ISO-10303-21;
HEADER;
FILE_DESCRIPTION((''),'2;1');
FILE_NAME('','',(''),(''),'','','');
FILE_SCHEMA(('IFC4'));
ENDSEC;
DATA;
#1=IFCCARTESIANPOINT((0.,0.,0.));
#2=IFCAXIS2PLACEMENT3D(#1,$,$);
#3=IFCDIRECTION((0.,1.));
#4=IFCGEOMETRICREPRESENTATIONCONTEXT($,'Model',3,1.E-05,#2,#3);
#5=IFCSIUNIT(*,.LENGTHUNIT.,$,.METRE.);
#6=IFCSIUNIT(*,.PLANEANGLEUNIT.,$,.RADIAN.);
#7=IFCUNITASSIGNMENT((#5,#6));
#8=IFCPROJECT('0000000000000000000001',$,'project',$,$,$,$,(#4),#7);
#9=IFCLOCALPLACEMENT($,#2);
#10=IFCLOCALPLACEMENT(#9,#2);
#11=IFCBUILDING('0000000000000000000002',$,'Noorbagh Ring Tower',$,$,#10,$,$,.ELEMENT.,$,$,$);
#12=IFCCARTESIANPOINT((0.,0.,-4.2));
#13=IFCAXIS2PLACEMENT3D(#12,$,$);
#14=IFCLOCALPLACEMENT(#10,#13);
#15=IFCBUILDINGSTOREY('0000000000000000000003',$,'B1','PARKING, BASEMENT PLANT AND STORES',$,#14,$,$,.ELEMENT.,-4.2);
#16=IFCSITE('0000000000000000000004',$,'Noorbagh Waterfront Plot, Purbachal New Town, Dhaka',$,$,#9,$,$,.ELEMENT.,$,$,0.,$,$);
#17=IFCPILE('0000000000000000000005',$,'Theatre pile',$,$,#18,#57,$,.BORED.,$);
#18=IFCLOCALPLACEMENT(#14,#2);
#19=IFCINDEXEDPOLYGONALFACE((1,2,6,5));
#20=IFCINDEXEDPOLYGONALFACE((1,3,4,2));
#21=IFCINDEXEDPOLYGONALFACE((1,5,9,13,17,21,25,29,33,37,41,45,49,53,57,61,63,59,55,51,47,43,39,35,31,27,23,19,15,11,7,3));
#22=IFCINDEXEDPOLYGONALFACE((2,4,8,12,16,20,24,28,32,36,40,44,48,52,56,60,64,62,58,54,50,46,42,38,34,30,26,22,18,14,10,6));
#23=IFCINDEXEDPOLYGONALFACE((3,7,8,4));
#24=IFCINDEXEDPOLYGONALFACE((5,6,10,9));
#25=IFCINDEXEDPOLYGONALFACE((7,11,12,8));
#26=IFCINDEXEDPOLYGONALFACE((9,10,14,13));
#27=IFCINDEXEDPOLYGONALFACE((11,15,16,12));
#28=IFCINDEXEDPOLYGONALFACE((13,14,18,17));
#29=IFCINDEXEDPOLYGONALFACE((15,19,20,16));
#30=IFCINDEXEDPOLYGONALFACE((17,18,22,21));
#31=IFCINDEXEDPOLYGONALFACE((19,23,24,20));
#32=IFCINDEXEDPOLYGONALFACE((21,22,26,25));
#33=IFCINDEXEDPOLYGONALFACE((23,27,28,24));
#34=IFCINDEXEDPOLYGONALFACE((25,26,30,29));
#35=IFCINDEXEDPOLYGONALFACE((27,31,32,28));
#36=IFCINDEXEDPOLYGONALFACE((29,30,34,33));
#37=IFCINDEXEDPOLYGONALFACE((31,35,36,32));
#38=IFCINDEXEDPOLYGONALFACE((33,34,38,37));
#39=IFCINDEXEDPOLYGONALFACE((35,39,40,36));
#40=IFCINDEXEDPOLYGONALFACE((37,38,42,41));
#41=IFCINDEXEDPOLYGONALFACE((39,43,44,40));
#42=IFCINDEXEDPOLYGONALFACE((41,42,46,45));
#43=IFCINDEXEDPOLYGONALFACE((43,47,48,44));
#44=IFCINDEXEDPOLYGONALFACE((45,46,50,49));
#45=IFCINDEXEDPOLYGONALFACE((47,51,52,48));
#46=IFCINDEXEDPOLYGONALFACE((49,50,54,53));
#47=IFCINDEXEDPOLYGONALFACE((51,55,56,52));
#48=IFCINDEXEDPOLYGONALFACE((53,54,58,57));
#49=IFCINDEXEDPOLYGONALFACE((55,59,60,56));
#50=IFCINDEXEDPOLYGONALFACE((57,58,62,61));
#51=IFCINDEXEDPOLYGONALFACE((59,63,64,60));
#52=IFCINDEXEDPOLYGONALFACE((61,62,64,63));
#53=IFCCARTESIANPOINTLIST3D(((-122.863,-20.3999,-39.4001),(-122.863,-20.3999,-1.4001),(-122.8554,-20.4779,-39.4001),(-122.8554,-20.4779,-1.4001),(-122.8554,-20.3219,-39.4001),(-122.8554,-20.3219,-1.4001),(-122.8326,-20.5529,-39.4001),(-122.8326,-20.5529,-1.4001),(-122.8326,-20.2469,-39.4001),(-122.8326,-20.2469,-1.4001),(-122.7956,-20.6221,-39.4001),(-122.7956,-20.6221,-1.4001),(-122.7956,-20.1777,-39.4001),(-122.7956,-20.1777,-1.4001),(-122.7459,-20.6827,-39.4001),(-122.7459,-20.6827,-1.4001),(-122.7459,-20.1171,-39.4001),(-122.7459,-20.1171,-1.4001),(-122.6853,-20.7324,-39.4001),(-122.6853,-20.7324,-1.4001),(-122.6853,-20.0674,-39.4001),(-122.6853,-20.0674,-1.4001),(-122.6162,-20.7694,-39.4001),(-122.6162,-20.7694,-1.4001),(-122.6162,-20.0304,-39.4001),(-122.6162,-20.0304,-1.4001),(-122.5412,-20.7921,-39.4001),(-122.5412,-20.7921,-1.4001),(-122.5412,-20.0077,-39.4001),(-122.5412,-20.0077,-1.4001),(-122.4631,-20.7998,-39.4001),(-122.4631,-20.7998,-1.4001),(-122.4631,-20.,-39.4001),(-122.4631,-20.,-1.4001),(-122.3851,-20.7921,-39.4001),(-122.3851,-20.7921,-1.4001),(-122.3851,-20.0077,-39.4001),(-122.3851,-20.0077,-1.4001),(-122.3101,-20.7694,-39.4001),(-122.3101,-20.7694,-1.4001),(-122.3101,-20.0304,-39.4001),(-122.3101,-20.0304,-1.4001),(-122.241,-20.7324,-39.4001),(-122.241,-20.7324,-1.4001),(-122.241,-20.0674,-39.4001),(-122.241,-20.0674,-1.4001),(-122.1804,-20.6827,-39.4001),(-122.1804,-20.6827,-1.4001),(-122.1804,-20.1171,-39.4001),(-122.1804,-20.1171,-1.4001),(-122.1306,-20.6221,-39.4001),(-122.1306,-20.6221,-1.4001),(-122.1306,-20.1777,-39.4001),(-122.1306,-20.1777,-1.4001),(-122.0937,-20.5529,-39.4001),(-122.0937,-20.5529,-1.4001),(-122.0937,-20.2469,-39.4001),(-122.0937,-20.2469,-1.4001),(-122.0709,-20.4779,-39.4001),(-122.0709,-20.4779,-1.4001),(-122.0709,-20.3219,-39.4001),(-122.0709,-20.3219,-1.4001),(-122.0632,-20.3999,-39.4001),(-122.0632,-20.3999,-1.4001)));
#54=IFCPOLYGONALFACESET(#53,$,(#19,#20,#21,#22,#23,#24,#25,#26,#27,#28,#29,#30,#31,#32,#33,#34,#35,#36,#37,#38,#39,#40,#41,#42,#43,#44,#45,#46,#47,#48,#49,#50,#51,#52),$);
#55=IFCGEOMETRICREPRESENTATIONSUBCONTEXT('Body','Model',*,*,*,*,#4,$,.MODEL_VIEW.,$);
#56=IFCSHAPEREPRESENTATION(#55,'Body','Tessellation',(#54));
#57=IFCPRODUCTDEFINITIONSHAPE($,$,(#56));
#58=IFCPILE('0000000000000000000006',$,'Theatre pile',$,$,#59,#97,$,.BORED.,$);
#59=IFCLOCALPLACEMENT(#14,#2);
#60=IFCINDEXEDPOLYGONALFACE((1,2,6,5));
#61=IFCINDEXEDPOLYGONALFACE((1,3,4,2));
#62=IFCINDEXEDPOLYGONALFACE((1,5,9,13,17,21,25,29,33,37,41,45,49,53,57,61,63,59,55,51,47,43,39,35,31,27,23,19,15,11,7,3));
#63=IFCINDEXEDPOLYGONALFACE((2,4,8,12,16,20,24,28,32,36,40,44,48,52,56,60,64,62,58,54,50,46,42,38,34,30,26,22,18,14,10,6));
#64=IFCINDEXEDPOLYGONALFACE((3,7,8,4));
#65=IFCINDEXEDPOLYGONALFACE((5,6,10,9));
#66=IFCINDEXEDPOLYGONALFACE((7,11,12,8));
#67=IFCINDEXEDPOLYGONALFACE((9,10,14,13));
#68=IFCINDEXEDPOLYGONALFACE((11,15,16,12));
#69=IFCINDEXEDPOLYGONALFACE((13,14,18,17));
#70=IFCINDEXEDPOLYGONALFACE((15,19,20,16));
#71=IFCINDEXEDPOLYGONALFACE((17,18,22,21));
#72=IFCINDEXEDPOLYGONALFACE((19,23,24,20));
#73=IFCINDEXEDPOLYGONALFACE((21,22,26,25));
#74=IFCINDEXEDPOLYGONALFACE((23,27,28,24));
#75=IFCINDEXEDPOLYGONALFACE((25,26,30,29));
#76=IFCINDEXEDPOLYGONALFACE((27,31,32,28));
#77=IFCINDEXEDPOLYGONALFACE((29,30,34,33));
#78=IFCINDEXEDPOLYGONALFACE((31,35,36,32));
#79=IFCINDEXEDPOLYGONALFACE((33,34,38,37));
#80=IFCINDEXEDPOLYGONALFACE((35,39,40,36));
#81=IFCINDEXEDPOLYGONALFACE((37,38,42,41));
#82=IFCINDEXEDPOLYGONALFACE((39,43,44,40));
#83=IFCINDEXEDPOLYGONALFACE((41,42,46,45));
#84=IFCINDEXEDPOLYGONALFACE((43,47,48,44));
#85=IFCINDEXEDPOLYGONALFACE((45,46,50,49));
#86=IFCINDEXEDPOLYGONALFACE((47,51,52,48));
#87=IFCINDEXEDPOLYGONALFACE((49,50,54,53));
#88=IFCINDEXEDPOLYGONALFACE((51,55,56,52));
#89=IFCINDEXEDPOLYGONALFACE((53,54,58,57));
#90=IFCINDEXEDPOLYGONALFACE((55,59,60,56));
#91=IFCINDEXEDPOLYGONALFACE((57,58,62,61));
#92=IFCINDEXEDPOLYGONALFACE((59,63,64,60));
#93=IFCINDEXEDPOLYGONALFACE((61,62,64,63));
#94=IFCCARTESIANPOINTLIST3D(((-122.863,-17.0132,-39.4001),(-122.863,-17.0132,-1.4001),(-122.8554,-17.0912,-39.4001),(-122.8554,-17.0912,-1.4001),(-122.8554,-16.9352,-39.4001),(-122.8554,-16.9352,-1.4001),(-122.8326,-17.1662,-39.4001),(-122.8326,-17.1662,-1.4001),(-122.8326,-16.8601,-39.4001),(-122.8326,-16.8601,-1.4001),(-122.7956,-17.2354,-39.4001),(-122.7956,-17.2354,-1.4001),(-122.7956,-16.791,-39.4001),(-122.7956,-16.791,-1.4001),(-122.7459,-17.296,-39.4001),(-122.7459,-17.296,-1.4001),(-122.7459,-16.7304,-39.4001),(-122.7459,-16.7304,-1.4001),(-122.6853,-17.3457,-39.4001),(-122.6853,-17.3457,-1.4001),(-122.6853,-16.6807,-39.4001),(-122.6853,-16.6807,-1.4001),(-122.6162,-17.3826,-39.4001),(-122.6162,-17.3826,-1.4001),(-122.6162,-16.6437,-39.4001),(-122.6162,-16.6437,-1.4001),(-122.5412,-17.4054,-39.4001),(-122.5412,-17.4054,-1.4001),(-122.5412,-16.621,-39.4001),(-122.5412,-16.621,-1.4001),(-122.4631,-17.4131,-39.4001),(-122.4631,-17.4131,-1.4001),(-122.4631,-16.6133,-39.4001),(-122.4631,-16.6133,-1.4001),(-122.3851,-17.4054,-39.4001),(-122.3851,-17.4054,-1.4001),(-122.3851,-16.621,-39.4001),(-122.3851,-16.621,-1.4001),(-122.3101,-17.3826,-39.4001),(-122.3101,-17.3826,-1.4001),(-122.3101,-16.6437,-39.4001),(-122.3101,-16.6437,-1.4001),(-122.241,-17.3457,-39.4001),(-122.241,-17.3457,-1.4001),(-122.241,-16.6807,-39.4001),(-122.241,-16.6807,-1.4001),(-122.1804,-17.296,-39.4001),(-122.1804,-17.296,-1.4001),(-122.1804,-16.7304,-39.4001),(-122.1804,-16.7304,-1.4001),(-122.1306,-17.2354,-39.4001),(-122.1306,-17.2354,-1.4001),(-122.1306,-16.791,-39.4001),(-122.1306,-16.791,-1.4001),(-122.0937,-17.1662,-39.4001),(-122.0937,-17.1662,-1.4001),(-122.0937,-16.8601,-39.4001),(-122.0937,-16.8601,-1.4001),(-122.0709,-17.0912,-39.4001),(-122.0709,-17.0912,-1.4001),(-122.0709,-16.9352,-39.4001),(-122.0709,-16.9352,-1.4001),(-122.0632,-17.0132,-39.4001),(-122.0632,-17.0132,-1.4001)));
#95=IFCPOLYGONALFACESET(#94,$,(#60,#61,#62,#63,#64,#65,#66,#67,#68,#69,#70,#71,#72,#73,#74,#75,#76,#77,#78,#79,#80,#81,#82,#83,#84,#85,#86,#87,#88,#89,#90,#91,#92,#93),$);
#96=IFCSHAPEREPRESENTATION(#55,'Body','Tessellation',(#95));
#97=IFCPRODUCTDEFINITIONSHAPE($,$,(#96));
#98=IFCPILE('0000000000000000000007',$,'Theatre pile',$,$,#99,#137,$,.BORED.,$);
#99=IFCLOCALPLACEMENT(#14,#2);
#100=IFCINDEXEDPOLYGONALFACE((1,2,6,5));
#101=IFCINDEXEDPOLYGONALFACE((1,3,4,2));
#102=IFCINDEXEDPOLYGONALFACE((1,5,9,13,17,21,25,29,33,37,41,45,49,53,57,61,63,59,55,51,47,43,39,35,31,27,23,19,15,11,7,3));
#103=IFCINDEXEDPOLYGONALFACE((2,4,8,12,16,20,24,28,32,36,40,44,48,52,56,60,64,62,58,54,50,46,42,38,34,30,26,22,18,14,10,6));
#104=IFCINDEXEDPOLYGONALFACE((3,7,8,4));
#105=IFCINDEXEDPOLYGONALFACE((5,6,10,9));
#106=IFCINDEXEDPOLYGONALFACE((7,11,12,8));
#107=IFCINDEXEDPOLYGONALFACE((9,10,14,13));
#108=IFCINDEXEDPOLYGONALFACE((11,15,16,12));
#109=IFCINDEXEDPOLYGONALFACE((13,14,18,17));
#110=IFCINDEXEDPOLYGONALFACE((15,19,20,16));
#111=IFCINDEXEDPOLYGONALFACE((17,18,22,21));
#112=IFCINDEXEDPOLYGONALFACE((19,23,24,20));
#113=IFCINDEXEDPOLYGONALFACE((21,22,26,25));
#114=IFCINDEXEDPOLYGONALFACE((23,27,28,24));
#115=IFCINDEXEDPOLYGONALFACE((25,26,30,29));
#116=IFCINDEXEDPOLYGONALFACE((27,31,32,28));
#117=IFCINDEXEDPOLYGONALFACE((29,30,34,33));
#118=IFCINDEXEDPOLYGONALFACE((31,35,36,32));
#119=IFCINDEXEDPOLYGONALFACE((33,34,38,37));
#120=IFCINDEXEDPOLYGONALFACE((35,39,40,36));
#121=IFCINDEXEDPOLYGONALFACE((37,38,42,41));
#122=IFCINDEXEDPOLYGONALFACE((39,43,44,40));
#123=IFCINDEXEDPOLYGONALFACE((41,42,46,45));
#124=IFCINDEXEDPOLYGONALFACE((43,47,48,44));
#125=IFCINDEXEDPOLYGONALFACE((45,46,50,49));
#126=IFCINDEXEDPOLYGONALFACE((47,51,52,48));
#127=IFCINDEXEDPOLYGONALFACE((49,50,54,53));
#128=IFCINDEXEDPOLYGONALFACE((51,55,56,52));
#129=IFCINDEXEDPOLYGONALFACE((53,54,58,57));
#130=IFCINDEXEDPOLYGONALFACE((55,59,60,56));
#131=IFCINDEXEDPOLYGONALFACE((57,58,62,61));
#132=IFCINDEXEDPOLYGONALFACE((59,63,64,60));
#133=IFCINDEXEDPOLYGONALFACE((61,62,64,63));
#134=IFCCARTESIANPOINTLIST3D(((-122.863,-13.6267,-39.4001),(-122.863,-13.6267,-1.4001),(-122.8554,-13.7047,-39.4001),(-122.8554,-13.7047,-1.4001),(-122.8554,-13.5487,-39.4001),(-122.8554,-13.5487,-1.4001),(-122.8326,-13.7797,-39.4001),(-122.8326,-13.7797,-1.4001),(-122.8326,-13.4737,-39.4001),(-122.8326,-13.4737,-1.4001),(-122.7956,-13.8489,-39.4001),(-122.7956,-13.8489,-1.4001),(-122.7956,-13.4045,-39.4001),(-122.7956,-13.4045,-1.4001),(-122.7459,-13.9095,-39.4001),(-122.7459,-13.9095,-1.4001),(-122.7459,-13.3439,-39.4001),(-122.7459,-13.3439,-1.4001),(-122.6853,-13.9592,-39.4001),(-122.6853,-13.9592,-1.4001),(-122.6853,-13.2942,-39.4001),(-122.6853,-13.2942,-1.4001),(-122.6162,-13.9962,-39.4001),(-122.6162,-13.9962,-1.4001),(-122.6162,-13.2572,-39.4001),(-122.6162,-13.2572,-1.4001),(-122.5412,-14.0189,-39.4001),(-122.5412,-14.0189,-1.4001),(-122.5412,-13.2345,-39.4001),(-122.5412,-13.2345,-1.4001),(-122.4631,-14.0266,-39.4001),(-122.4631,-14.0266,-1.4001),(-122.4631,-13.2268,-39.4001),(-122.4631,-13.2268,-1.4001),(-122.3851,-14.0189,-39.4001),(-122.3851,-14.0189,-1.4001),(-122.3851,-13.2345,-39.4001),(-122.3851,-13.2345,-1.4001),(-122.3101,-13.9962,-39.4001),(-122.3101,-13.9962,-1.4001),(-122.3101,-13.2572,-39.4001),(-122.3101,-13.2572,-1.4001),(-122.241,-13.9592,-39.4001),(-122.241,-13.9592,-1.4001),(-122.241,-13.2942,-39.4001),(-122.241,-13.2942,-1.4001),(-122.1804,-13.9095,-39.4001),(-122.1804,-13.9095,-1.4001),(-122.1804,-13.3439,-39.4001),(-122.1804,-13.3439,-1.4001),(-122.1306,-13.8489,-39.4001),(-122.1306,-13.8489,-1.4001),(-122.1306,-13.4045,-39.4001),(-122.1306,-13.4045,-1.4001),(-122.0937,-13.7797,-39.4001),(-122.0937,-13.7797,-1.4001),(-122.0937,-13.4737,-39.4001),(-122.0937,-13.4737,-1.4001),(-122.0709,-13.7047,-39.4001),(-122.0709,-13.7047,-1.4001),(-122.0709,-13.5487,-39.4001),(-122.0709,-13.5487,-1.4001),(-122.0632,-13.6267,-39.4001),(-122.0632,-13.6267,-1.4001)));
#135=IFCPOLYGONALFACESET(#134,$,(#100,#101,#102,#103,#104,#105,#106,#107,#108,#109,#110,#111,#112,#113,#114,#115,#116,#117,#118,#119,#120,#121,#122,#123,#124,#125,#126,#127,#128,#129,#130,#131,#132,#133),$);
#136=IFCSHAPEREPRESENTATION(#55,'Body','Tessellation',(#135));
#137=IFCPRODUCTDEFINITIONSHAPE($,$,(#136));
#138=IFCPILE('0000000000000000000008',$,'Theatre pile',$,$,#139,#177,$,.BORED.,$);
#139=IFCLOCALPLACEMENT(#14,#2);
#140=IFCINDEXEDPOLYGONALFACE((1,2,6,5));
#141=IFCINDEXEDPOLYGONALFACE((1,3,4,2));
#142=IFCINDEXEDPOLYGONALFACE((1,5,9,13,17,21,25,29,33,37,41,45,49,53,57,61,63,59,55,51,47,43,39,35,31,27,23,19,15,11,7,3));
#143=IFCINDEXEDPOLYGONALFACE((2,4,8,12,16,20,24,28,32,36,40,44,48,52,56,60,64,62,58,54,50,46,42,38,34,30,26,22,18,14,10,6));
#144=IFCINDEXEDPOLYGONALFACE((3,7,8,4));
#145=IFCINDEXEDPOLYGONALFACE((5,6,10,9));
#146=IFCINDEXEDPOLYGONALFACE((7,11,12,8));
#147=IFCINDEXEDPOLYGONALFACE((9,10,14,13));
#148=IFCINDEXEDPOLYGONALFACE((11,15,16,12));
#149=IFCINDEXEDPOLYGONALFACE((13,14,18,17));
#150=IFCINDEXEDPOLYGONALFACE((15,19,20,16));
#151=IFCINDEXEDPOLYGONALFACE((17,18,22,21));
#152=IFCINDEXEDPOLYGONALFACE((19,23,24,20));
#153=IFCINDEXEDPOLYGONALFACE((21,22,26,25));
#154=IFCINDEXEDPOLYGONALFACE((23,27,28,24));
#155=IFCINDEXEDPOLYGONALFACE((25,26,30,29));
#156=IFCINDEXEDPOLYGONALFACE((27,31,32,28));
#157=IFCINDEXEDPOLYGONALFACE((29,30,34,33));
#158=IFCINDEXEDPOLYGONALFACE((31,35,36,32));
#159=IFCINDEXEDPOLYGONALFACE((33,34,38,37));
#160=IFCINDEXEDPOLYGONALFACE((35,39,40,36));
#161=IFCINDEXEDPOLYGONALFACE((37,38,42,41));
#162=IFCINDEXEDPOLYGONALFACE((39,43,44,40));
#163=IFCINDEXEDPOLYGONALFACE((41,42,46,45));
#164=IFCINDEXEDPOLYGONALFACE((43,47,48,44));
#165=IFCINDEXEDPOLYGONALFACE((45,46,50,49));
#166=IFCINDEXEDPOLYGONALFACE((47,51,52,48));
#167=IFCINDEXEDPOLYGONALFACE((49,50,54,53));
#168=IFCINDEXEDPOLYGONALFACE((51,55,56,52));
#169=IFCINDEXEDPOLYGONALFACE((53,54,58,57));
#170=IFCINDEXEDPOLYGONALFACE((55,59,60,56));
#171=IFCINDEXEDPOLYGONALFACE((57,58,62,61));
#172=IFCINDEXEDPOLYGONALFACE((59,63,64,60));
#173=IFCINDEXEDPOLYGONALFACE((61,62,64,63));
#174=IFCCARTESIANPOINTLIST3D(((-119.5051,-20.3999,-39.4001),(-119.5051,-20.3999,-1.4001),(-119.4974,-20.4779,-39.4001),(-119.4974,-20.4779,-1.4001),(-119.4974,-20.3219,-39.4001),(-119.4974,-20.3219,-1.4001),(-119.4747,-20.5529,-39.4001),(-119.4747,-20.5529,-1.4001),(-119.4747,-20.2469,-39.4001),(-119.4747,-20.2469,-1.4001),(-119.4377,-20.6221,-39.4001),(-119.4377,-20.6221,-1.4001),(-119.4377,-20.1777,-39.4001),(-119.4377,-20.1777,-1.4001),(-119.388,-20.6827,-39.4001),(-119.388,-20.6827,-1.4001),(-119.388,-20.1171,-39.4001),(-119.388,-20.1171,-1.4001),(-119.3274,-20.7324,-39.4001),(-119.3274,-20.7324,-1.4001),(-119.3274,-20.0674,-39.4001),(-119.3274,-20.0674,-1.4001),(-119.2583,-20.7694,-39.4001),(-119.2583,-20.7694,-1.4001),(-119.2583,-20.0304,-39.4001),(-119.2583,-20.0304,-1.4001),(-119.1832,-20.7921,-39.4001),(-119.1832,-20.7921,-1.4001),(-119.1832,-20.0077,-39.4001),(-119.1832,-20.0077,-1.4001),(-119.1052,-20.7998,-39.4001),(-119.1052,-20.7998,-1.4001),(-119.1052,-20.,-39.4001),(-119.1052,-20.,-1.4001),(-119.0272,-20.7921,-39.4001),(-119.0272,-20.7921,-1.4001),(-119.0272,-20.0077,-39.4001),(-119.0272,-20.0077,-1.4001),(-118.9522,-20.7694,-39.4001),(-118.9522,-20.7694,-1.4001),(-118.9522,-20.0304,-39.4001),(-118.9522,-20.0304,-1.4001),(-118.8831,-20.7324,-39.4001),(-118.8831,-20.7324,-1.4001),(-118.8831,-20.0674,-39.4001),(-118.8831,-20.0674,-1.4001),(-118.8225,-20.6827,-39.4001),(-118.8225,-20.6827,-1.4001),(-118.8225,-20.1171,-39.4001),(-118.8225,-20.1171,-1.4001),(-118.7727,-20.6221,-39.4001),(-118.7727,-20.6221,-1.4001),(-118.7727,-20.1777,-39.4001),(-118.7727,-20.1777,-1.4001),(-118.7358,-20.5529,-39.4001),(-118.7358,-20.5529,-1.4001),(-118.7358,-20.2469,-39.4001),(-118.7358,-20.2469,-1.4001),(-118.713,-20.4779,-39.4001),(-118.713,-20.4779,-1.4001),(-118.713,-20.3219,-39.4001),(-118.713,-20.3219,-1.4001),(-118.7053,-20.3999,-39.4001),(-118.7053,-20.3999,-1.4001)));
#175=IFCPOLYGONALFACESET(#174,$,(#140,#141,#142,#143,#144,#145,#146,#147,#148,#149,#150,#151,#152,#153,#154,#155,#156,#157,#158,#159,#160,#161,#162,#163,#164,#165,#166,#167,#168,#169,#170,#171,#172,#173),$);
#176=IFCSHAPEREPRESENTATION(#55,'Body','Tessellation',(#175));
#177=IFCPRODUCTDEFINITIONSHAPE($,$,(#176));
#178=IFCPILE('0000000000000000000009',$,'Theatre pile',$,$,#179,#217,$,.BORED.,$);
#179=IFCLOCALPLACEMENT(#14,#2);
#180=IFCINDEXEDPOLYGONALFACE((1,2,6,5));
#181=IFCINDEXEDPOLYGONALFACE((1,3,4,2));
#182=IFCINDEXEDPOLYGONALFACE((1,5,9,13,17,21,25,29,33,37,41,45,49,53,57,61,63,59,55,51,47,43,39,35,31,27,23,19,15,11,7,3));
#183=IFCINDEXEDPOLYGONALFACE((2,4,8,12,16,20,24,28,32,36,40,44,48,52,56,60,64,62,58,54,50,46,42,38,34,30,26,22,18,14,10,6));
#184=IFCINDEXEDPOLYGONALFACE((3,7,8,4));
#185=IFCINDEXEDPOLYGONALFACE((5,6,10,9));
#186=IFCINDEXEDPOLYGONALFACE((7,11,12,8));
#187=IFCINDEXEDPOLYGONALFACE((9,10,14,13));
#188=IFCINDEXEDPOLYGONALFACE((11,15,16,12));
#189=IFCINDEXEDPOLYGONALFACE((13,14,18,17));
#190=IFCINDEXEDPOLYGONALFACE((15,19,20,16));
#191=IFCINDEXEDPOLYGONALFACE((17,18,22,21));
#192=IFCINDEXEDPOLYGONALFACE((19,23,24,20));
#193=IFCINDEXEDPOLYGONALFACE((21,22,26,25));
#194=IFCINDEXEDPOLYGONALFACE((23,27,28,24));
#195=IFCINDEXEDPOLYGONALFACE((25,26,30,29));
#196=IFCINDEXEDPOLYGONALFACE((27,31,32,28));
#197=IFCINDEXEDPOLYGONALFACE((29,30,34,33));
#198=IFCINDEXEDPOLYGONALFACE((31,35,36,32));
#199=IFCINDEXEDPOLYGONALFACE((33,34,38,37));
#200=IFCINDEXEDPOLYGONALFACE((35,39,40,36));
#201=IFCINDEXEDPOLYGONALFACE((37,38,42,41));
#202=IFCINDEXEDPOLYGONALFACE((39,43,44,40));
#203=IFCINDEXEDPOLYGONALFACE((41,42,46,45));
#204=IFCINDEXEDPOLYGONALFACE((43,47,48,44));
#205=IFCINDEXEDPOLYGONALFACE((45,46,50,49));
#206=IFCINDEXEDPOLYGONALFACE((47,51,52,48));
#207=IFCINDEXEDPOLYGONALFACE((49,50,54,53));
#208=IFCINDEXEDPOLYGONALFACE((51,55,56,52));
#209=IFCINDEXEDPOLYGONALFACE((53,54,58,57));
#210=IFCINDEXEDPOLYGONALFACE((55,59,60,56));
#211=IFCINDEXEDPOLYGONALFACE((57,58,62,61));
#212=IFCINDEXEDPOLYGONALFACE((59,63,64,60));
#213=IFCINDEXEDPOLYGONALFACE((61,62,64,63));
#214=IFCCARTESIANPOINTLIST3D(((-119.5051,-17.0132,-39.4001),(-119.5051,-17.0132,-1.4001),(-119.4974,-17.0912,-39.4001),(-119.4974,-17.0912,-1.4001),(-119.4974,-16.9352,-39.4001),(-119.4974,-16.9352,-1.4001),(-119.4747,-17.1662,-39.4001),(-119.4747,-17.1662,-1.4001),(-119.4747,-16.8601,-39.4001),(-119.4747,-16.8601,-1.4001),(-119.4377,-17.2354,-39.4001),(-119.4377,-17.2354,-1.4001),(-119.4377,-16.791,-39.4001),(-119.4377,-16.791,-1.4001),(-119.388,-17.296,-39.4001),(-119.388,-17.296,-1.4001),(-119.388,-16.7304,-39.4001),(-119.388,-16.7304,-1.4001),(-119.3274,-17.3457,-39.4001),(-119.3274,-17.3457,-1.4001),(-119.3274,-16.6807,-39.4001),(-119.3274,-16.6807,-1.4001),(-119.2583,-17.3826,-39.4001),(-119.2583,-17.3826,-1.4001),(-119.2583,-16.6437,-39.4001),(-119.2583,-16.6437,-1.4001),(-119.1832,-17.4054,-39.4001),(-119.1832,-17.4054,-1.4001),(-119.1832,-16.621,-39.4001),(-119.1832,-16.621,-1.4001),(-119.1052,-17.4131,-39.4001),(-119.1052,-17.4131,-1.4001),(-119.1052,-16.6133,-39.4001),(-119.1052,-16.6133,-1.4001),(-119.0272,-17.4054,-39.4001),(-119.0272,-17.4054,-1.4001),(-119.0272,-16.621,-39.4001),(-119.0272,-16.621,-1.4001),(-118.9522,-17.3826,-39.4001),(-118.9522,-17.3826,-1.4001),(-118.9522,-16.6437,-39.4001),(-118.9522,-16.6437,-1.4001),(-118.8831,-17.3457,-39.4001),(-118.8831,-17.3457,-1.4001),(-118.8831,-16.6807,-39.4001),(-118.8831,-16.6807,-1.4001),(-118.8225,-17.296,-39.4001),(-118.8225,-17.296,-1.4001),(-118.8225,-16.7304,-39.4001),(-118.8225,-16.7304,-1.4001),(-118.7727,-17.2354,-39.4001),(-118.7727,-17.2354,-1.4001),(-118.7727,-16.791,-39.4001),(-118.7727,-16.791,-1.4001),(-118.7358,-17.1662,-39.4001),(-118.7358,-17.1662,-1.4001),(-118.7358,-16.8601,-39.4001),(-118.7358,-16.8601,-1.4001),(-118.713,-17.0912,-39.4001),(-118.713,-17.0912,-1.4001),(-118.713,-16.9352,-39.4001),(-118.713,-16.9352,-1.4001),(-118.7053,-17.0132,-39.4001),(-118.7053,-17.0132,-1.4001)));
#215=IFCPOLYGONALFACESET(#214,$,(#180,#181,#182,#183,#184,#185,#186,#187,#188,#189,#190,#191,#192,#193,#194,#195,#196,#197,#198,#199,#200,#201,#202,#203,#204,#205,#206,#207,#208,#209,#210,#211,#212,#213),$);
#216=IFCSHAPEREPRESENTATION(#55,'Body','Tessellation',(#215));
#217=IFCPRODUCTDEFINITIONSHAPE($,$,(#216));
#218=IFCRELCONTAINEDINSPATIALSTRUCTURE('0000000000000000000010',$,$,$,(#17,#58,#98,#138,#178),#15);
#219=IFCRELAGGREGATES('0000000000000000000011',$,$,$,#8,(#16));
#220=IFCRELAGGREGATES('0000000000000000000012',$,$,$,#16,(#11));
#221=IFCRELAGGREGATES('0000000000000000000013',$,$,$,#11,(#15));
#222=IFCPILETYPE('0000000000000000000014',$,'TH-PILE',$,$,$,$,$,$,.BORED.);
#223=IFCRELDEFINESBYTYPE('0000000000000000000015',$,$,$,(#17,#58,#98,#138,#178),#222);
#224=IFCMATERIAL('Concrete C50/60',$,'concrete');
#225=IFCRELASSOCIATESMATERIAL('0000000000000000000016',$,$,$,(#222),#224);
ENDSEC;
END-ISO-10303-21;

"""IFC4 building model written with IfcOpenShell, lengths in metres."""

from ifc_helpers import new_model, si_unit, direction, frame, origin, origin_2d, place, context, subcontext, project, spatial, circle, extrude, material, material_profile, profile_set, type_object, element, save


model = new_model("IFC4")

# Units and contexts
model_context = context("Model", 3, precision=1e-05, world=origin(), true_north=direction((0.0, 1.0)))
body_context = subcontext(model_context, "Body", "Model", "MODEL_VIEW")
ifc_project = project(units=[si_unit("LENGTHUNIT", "METRE"), si_unit("PLANEANGLEUNIT", "RADIAN")], contexts=[model_context])

# Site, building, storey
site_placement = place(None, origin())
site = spatial("IfcSite", under=ifc_project, at=site_placement, Name="Noorbagh Waterfront Plot, Purbachal New Town, Dhaka", CompositionType="ELEMENT", RefElevation=0.0)
building_placement = place(site_placement, origin())
building = spatial("IfcBuilding", under=site, at=building_placement, Name="Noorbagh Ring Tower", CompositionType="ELEMENT")
storey_placement = place(building_placement, frame((0.0, 0.0, -4.2)))
storey = spatial("IfcBuildingStorey", under=building, at=storey_placement, Name="B1", Description="PARKING, BASEMENT PLANT AND STORES", CompositionType="ELEMENT", Elevation=-4.2)

# Piles
ifc_material_1 = material(Name="Concrete C50/60", Category="concrete")
ifc_material_profile = material_profile(ifc_material_1, circle(Radius=0.3999, at=origin_2d()), Name="PILE800")
ifc_profile_set = profile_set([ifc_material_profile], Name="Concrete C50/60")
pile_type = type_object("IfcPileType", Name="TH-PILE", PredefinedType="BORED", material=ifc_profile_set)
for number, where, z_axis, x_axis, name in (
    (1, (-122.4631, -20.3999, -1.4001), (0.0, 0.0, -1.0), (1.0, 0.0, 0.0), "Theatre pile"),
    (2, (-122.4631, -17.0132, -1.4001), (0.0, 0.0, -1.0), (1.0, 0.0, 0.0), "Theatre pile"),
    (3, (-122.4631, -13.6267, -1.4001), (0.0, 0.0, -1.0), (1.0, 0.0, 0.0), "Theatre pile"),
    (4, (-119.1052, -20.3999, -1.4001), (0.0, 0.0, -1.0), (1.0, 0.0, 0.0), "Theatre pile"),
    (5, (-119.1052, -17.0132, -1.4001), (0.0, 0.0, -1.0), (1.0, 0.0, 0.0), "Theatre pile"),
):
    element("IfcPile", number, at=place(storey_placement, frame(where, z_axis=z_axis, x_axis=x_axis)), inside=storey, type_object=pile_type, Name=name, PredefinedType="BORED", context=body_context, shape_type="SweptSolid", body=[
        extrude(circle(Radius=0.3999, at=origin_2d()), origin(), (0.0, 0.0, 1.0), 38.0),
    ])

save(model, "model.ifc")
